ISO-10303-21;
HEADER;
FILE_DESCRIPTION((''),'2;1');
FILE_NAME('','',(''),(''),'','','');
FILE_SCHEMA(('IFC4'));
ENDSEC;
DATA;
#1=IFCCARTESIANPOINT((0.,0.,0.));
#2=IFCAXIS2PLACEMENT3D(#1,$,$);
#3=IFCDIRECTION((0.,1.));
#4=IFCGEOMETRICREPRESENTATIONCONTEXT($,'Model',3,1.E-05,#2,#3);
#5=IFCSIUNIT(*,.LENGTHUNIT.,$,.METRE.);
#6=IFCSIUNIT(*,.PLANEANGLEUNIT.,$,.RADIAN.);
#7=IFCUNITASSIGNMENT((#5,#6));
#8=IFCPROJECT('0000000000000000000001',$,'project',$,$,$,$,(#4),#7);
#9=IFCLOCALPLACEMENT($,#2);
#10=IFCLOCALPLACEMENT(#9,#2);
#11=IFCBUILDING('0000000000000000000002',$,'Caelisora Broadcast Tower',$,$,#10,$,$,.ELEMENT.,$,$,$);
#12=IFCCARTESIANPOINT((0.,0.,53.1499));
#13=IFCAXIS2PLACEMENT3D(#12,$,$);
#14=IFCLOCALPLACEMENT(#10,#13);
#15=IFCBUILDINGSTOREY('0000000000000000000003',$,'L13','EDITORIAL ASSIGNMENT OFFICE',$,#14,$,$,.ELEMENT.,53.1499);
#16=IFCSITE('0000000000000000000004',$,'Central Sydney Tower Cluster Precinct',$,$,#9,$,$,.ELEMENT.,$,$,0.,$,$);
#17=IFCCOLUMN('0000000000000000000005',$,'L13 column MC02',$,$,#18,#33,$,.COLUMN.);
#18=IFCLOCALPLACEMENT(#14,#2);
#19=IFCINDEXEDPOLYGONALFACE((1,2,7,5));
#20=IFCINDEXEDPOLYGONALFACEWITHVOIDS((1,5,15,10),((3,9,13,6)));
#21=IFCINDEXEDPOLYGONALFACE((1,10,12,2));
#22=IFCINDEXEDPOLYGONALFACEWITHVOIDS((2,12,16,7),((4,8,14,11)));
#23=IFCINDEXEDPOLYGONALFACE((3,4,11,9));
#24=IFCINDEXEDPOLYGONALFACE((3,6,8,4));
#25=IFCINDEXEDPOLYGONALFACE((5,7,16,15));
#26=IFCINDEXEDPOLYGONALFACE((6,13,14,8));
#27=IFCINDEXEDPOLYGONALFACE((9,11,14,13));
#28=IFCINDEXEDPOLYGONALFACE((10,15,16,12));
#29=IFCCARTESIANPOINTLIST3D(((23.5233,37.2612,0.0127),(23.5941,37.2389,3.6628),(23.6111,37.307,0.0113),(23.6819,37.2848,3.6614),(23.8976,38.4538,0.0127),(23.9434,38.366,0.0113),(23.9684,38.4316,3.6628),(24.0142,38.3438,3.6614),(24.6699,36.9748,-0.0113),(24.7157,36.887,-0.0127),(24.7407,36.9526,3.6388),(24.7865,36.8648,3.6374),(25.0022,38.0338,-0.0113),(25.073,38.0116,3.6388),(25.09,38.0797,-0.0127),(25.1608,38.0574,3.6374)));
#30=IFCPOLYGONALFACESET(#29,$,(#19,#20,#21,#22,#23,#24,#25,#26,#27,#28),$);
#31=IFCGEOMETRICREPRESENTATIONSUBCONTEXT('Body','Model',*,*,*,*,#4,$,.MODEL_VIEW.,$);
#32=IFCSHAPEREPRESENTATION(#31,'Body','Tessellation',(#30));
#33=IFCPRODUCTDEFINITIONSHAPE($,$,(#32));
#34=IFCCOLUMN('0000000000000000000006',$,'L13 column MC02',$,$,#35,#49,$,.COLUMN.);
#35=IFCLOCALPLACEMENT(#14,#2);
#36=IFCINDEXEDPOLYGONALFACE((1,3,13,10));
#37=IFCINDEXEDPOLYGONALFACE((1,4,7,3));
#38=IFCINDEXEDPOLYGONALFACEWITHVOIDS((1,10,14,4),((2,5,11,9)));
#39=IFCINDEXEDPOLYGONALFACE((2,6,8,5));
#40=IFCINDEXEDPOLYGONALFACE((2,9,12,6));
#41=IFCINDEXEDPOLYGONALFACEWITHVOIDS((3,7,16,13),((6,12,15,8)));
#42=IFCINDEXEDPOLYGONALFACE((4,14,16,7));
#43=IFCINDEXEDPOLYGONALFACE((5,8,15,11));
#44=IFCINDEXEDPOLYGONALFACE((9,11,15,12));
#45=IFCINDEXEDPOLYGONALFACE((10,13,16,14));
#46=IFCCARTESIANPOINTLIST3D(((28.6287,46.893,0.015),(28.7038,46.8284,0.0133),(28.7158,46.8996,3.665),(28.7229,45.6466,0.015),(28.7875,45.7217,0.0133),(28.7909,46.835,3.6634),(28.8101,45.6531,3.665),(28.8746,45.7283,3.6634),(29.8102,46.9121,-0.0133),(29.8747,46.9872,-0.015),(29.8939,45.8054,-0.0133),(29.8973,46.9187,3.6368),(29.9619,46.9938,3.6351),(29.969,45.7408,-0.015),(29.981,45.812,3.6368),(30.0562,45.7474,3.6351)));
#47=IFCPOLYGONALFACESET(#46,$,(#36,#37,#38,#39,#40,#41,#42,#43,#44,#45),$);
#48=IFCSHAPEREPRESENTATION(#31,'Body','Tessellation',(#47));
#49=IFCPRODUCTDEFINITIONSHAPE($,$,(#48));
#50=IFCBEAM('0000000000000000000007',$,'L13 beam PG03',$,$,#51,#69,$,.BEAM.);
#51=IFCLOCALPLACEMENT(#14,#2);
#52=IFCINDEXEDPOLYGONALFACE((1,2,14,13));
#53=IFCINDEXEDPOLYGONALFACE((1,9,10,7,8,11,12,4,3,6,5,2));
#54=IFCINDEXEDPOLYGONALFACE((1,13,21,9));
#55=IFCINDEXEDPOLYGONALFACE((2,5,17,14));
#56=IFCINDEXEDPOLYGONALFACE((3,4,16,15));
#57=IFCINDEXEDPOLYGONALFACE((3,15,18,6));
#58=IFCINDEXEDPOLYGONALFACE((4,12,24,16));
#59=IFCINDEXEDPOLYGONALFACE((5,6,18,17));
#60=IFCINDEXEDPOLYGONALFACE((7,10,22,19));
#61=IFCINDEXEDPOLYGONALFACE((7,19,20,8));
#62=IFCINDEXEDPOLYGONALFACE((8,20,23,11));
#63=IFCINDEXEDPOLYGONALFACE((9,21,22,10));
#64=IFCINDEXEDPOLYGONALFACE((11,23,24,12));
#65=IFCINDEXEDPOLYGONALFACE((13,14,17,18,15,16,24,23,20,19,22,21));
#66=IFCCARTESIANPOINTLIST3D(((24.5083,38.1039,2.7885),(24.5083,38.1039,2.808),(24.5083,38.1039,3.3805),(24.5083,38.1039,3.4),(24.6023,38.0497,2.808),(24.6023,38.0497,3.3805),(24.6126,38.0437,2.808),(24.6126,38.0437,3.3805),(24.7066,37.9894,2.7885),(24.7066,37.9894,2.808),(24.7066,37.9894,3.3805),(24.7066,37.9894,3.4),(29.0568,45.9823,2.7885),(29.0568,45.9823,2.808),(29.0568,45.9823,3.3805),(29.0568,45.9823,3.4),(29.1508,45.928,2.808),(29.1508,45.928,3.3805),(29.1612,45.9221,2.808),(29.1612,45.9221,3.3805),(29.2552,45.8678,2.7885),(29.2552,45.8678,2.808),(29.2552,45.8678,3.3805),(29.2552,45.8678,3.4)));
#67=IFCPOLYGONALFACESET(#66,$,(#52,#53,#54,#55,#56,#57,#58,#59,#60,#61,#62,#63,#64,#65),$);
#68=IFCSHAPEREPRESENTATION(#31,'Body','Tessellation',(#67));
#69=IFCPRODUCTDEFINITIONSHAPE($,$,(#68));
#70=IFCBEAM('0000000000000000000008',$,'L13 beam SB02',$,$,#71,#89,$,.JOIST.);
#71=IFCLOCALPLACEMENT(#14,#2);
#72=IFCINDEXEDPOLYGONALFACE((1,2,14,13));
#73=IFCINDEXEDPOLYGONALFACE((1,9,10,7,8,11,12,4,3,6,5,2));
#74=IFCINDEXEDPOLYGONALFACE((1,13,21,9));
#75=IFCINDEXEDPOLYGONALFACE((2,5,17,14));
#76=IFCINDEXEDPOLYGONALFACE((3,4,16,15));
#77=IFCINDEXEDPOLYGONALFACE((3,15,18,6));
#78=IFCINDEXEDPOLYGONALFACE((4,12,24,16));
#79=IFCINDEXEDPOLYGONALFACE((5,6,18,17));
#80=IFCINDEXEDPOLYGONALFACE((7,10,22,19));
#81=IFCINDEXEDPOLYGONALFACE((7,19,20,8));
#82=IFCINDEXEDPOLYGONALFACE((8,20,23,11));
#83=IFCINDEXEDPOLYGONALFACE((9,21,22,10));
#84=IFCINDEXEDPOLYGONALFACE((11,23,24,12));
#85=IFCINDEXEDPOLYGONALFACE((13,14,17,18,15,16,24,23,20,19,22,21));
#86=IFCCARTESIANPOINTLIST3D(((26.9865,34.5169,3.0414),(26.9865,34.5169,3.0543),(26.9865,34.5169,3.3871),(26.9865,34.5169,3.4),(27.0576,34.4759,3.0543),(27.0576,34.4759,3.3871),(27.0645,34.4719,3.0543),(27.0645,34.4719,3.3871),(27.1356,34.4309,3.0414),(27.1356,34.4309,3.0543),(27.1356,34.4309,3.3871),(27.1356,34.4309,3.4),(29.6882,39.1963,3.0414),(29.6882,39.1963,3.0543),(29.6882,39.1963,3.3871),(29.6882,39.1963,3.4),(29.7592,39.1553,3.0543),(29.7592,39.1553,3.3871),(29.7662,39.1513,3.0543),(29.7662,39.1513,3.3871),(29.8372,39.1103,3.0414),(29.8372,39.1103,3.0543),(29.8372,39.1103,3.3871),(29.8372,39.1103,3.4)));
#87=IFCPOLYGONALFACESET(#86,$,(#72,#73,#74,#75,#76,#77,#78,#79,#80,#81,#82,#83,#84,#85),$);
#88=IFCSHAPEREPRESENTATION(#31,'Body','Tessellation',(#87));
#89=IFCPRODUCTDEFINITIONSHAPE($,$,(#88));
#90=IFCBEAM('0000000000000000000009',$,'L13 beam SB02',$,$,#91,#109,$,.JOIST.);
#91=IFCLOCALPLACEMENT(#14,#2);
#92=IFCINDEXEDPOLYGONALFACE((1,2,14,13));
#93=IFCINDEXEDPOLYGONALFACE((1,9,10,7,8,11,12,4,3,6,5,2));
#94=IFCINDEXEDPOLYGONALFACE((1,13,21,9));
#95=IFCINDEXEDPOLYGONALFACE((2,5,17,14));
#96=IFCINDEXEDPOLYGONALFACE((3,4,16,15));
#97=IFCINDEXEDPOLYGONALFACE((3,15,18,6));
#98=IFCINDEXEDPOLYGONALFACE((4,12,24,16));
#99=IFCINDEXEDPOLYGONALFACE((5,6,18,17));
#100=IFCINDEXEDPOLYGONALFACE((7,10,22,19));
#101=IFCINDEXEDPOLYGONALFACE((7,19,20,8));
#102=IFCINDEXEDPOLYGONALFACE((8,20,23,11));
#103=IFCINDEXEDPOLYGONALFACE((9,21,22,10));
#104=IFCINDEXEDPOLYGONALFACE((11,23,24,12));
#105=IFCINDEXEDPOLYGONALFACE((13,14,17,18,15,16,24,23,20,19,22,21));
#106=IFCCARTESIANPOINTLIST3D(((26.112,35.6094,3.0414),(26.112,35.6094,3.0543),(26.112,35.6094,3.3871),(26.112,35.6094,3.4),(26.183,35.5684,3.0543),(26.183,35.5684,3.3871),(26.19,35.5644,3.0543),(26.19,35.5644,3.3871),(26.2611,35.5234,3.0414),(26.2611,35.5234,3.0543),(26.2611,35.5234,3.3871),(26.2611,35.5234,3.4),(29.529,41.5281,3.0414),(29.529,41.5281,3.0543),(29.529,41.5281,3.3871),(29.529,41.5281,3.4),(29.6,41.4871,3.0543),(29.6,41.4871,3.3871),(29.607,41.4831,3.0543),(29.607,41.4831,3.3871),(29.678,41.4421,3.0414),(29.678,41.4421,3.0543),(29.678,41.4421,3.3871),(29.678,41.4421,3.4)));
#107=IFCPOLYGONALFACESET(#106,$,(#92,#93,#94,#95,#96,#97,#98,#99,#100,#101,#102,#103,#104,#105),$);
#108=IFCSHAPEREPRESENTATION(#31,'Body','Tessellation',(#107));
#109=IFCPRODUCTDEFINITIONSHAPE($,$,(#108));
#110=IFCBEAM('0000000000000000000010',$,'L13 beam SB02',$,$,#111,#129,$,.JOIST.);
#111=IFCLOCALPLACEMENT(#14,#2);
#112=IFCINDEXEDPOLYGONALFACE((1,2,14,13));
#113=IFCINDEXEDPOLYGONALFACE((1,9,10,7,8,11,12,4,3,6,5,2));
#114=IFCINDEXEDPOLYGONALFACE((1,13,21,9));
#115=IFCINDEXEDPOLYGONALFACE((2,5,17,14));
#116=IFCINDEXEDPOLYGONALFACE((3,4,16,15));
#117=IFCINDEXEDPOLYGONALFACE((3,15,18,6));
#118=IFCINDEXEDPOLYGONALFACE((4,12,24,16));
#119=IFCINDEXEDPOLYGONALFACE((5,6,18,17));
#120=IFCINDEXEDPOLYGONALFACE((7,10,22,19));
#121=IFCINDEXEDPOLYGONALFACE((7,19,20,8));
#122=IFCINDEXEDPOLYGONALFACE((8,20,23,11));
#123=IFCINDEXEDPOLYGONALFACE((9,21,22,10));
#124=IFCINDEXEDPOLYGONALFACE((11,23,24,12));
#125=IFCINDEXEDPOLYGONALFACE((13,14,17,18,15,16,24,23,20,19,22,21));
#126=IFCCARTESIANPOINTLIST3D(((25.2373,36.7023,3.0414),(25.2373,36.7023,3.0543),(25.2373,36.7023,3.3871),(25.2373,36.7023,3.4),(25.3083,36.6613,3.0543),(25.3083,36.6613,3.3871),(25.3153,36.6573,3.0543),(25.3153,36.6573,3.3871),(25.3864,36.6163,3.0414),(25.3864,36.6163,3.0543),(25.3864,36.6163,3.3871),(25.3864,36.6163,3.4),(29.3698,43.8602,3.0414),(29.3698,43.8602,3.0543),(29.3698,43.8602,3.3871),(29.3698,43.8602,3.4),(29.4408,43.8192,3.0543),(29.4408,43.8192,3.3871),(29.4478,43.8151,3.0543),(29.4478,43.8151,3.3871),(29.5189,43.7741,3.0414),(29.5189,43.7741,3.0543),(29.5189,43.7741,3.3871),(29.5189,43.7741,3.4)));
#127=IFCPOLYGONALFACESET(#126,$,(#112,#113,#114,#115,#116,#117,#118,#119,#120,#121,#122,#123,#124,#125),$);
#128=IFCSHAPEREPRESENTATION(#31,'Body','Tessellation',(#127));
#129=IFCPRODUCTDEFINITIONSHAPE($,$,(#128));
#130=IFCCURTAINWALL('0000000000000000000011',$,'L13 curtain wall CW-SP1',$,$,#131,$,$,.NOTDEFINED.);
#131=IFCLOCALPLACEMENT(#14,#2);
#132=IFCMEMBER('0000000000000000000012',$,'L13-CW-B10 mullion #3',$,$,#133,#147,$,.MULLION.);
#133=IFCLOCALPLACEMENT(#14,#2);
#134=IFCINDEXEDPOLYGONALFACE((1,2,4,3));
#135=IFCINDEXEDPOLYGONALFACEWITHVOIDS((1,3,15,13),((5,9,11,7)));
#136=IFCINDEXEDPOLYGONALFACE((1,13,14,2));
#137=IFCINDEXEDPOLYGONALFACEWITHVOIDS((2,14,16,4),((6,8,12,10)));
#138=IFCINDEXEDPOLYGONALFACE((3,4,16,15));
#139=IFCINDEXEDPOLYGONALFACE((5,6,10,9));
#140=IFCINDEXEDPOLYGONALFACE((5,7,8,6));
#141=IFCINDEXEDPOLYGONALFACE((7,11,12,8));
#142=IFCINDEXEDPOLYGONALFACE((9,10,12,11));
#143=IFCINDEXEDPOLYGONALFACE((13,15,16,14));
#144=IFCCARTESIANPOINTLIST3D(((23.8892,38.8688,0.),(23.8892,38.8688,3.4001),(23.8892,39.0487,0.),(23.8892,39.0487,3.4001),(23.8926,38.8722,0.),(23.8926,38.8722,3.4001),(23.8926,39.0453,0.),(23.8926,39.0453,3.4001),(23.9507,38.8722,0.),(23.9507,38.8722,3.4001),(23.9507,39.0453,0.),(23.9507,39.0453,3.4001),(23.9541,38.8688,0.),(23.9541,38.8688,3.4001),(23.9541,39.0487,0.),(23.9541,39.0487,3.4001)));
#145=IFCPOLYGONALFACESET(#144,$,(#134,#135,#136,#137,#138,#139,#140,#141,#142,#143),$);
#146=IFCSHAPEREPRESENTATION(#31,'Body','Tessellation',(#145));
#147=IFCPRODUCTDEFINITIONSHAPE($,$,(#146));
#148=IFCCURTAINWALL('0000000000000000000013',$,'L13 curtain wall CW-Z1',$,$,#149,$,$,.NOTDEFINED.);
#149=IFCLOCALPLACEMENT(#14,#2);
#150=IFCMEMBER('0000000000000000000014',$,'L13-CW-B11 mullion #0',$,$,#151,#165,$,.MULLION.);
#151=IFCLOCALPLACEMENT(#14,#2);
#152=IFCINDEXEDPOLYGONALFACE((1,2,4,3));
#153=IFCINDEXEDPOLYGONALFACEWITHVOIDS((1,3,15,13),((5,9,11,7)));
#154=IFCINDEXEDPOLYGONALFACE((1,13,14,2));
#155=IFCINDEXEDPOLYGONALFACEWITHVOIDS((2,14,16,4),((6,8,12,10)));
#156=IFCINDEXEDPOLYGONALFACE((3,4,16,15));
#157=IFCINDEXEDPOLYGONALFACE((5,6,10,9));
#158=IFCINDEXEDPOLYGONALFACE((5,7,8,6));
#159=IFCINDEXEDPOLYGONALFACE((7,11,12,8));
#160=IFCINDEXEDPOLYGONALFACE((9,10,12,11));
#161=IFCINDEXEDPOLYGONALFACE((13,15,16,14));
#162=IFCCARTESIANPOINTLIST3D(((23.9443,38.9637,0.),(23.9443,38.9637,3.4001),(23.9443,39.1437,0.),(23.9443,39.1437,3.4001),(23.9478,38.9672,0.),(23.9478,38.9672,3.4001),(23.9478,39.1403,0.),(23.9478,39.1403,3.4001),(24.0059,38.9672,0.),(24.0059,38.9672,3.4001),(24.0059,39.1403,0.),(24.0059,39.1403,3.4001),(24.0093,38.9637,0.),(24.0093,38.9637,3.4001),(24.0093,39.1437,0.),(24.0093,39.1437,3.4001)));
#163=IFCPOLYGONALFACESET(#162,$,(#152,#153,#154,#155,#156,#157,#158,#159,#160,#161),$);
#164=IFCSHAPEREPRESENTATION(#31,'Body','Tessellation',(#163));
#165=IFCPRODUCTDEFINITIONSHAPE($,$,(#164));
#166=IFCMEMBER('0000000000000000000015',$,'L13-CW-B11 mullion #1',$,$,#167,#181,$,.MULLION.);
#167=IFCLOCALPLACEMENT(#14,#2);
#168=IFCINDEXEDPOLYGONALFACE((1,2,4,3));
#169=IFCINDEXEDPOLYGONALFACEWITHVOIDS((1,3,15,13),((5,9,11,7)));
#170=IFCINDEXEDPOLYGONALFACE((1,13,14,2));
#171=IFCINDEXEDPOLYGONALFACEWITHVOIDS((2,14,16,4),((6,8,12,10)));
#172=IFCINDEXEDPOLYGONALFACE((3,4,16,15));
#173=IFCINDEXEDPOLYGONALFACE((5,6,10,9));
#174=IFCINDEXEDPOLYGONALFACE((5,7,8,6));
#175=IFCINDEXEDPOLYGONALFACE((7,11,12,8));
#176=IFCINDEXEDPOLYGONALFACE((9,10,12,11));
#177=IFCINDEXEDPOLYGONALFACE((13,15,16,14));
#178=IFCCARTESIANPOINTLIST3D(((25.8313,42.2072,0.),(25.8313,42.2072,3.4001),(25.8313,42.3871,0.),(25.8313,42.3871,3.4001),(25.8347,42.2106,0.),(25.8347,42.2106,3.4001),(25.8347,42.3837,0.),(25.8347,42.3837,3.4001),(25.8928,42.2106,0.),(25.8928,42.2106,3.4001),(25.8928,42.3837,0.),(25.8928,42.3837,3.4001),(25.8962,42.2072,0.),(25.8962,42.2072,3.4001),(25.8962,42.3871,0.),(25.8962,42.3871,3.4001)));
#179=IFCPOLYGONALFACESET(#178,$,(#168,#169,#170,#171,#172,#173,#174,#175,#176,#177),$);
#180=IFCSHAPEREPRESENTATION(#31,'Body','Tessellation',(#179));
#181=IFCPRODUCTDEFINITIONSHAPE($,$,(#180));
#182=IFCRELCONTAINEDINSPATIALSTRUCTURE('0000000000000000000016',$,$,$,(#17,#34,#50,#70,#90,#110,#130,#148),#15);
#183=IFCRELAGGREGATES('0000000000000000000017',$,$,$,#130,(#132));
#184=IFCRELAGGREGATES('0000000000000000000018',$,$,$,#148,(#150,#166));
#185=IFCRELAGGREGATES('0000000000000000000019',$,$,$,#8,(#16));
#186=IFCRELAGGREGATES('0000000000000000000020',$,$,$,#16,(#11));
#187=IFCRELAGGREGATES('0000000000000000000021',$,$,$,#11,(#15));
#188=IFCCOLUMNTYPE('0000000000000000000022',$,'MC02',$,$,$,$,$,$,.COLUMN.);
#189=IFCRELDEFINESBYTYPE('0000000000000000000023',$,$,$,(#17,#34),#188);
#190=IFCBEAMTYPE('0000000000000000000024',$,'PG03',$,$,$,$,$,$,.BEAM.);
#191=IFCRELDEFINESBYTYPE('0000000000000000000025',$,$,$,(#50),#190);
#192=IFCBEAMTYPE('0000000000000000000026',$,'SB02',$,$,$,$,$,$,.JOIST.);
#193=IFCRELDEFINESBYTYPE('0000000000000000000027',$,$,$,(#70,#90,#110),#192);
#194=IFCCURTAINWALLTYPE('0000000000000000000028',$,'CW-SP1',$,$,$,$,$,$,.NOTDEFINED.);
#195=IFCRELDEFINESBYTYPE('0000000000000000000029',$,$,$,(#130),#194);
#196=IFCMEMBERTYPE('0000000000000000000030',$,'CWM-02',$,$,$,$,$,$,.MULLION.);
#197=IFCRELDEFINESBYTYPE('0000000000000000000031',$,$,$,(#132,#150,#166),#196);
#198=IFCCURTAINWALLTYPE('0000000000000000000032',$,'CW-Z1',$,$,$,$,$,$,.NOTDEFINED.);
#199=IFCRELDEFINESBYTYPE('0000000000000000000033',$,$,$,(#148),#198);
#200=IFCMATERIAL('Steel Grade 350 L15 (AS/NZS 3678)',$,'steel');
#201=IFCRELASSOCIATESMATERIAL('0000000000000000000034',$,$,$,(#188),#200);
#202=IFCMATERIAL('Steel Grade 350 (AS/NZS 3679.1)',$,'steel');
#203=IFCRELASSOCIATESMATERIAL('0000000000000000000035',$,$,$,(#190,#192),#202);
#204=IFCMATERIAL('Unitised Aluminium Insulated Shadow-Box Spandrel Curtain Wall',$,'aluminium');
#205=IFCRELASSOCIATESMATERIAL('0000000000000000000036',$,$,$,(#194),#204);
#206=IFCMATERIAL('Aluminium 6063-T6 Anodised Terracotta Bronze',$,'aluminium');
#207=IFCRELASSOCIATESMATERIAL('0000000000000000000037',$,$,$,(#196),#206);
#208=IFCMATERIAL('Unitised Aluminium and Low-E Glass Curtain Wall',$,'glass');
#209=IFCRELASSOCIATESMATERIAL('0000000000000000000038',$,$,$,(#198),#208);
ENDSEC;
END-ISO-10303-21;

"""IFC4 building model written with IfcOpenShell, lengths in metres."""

from ifc_helpers import new_model, si_unit, direction, frame, origin, origin_2d, place, context, subcontext, project, spatial, hollow_rectangle, i_section, extrude, source, transform, mapped, material, material_profile, profile_set, type_object, type_shapes, element, aggregate, save


model = new_model("IFC4")

# Units and contexts
model_context = context("Model", 3, precision=1e-05, world=origin(), true_north=direction((0.0, 1.0)))
body_context = subcontext(model_context, "Body", "Model", "MODEL_VIEW")
ifc_project = project(units=[si_unit("LENGTHUNIT", "METRE"), si_unit("PLANEANGLEUNIT", "RADIAN")], contexts=[model_context])

# Site, building, storey
site_placement = place(None, origin())
site = spatial("IfcSite", under=ifc_project, at=site_placement, Name="Central Sydney Tower Cluster Precinct", CompositionType="ELEMENT", RefElevation=0.0)
building_placement = place(site_placement, origin())
building = spatial("IfcBuilding", under=site, at=building_placement, Name="Caelisora Broadcast Tower", CompositionType="ELEMENT")
storey_placement = place(building_placement, frame((0.0, 0.0, 53.1499)))
storey = spatial("IfcBuildingStorey", under=building, at=storey_placement, Name="L13", Description="EDITORIAL ASSIGNMENT OFFICE", CompositionType="ELEMENT", Elevation=53.1499)

# Columns
ifc_material_1 = material(Name="Steel Grade 350 L15 (AS/NZS 3678)", Category="steel")
ifc_material_profile_1 = material_profile(ifc_material_1, hollow_rectangle(XDim=1.25, YDim=1.25, WallThickness=0.0701, at=origin_2d()), Name="Steel Grade 350 L15 (AS/NZS 3678)")
ifc_profile_set_1 = profile_set([ifc_material_profile_1], Name="Steel Grade 350 L15 (AS/NZS 3678)")
column_type = type_object("IfcColumnType", Name="MC02", PredefinedType="COLUMN", material=ifc_profile_set_1)
shared_shape_1 = source(origin(), body_context, "Body", "SweptSolid", [
    extrude(hollow_rectangle(XDim=1.25, YDim=1.25, WallThickness=0.0701, at=origin_2d()), origin(), (0.0, 0.0, 1.0), 3.6509),
])
column_1_placement = place(storey_placement, frame((24.3066, 37.6704, 0.0), z_axis=(0.019393, -0.006085, 0.999793), x_axis=(0.299399, 0.954128, 0.0)))
element("IfcColumn", 1, at=column_1_placement, inside=storey, type_object=column_type, Name="L13 column MC02", PredefinedType="COLUMN", context=body_context, shape_type="MappedRepresentation", body=[
    mapped(shared_shape_1, transform((0.0, 0.0, 0.0), scale=1.0)),
])
shared_shape_2 = source(origin(), body_context, "Body", "SweptSolid", [
    extrude(hollow_rectangle(XDim=1.25, YDim=1.25, WallThickness=0.0701, at=origin_2d()), origin(), (0.0, 0.0, 1.0), 3.6511),
])
type_shapes(column_type, [shared_shape_1, shared_shape_2])
column_2_placement = place(storey_placement, frame((29.2988, 46.3169, 0.0), z_axis=(0.023871, 0.001805, 0.999713), x_axis=(-0.075415, 0.997152, 0.0)))
element("IfcColumn", 2, at=column_2_placement, inside=storey, type_object=column_type, Name="L13 column MC02", PredefinedType="COLUMN", context=body_context, shape_type="MappedRepresentation", body=[
    mapped(shared_shape_2, transform((0.0, 0.0, 0.0), scale=1.0)),
])

# Beams
ifc_material_2 = material(Name="Steel Grade 350 (AS/NZS 3679.1)", Category="steel")
ifc_material_profile_2 = material_profile(ifc_material_2, i_section(OverallWidth=0.229, OverallDepth=0.6116, WebThickness=0.012, FlangeThickness=0.0195, at=origin_2d()), Name="Steel Grade 350 (AS/NZS 3679.1)")
ifc_profile_set_2 = profile_set([ifc_material_profile_2], Name="Steel Grade 350 (AS/NZS 3679.1)")
beam_type_1 = type_object("IfcBeamType", Name="PG03", PredefinedType="BEAM", material=ifc_profile_set_2)
shared_shape_3 = source(origin(), body_context, "Body", "SweptSolid", [
    extrude(i_section(OverallWidth=0.229, OverallDepth=0.6116, WebThickness=0.012, FlangeThickness=0.0195, at=origin_2d()), origin(), (0.0, 0.0, 1.0), 9.0972),
])
type_shapes(beam_type_1, [shared_shape_3])
beam_1_placement = place(storey_placement, frame((29.156, 45.925, 3.0942), z_axis=(-0.499998, -0.866026, 0.0), x_axis=(0.866026, -0.499998, 0.0)))
element("IfcBeam", 3, at=beam_1_placement, inside=storey, type_object=beam_type_1, Name="L13 beam PG03", PredefinedType="BEAM", context=body_context, shape_type="MappedRepresentation", body=[
    mapped(shared_shape_3, transform((0.0, 0.0, 0.0), scale=1.0)),
])
ifc_material_profile_3 = material_profile(ifc_material_2, i_section(OverallWidth=0.1721, OverallDepth=0.3586, WebThickness=0.0081, FlangeThickness=0.0129, at=origin_2d()), Name="Steel Grade 350 (AS/NZS 3679.1)")
ifc_profile_set_3 = profile_set([ifc_material_profile_3], Name="Steel Grade 350 (AS/NZS 3679.1)")
beam_type_2 = type_object("IfcBeamType", Name="SB02", PredefinedType="JOIST", material=ifc_profile_set_3)
shared_shape_4 = source(origin(), body_context, "Body", "SweptSolid", [
    extrude(i_section(OverallWidth=0.1721, OverallDepth=0.3586, WebThickness=0.0081, FlangeThickness=0.0129, at=origin_2d()), origin(), (0.0, 0.0, 1.0), 5.4033),
])
beam_2_placement = place(storey_placement, frame((29.7627, 39.1533, 3.2207), z_axis=(-0.499998, -0.866027, 0.0), x_axis=(0.866027, -0.499998, 0.0)))
element("IfcBeam", 4, at=beam_2_placement, inside=storey, type_object=beam_type_2, Name="L13 beam SB02", PredefinedType="JOIST", context=body_context, shape_type="MappedRepresentation", body=[
    mapped(shared_shape_4, transform((0.0, 0.0, 0.0), scale=1.0)),
])
shared_shape_5 = source(origin(), body_context, "Body", "SweptSolid", [
    extrude(i_section(OverallWidth=0.1721, OverallDepth=0.3586, WebThickness=0.0081, FlangeThickness=0.0129, at=origin_2d()), origin(), (0.0, 0.0, 1.0), 6.8342),
])
beam_3_placement = place(storey_placement, frame((29.6035, 41.4851, 3.2207), z_axis=(-0.499981, -0.866036, 0.0), x_axis=(0.866036, -0.499981, 0.0)))
element("IfcBeam", 5, at=beam_3_placement, inside=storey, type_object=beam_type_2, Name="L13 beam SB02", PredefinedType="JOIST", context=body_context, shape_type="MappedRepresentation", body=[
    mapped(shared_shape_5, transform((0.0, 0.0, 0.0), scale=1.0)),
])
shared_shape_6 = source(origin(), body_context, "Body", "SweptSolid", [
    extrude(i_section(OverallWidth=0.1721, OverallDepth=0.3586, WebThickness=0.0081, FlangeThickness=0.0129, at=origin_2d()), origin(), (0.0, 0.0, 1.0), 8.2651),
])
type_shapes(beam_type_2, [shared_shape_4, shared_shape_5, shared_shape_6])
beam_4_placement = place(storey_placement, frame((29.4443, 43.8171, 3.2207), z_axis=(-0.499993, -0.86603, 0.0), x_axis=(0.86603, -0.499993, 0.0)))
element("IfcBeam", 6, at=beam_4_placement, inside=storey, type_object=beam_type_2, Name="L13 beam SB02", PredefinedType="JOIST", context=body_context, shape_type="MappedRepresentation", body=[
    mapped(shared_shape_6, transform((0.0, 0.0, 0.0), scale=1.0)),
])

# Curtain wall, member
ifc_material_3 = material(Name="Unitised Aluminium Insulated Shadow-Box Spandrel Curtain Wall", Category="aluminium")
curtain_wall_type_1 = type_object("IfcCurtainWallType", Name="CW-SP1", PredefinedType="NOTDEFINED", material=ifc_material_3)
curtain_wall_1_placement = place(storey_placement, origin())
curtain_wall_1 = element("IfcCurtainWall", 7, at=curtain_wall_1_placement, inside=storey, type_object=curtain_wall_type_1, Name="L13 curtain wall CW-SP1", PredefinedType="NOTDEFINED")
ifc_material_4 = material(Name="Aluminium 6063-T6 Anodised Terracotta Bronze", Category="aluminium")
ifc_material_profile_4 = material_profile(ifc_material_4, hollow_rectangle(XDim=0.0649, YDim=0.1799, WallThickness=0.0034, at=origin_2d()), Name="Aluminium 6063-T6 Anodised Terracotta Bronze")
ifc_profile_set_4 = profile_set([ifc_material_profile_4], Name="Aluminium 6063-T6 Anodised Terracotta Bronze")
member_type_1 = type_object("IfcMemberType", Name="CWM-02", PredefinedType="MULLION", material=ifc_profile_set_4)
shared_shape_7 = source(origin(), body_context, "Body", "SweptSolid", [
    extrude(hollow_rectangle(XDim=0.0649, YDim=0.1799, WallThickness=0.0034, at=origin_2d()), origin(), (0.0, 0.0, 1.0), 3.4001),
])
type_shapes(member_type_1, [shared_shape_7])
member_1_placement = place(storey_placement, frame((23.9216, 38.9587, 0.0), z_axis=(0.0, 0.0, 1.0), x_axis=(1.0, 0.0, 0.0)))
member_1 = element("IfcMember", 8, at=member_1_placement, type_object=member_type_1, Name="L13-CW-B10 mullion #3", PredefinedType="MULLION", context=body_context, shape_type="MappedRepresentation", body=[
    mapped(shared_shape_7, transform((0.0, 0.0, 0.0), scale=1.0)),
])
aggregate(curtain_wall_1, [member_1])

# Curtain wall, members
ifc_material_5 = material(Name="Unitised Aluminium and Low-E Glass Curtain Wall", Category="glass")
curtain_wall_type_2 = type_object("IfcCurtainWallType", Name="CW-Z1", PredefinedType="NOTDEFINED", material=ifc_material_5)
curtain_wall_2_placement = place(storey_placement, origin())
curtain_wall_2 = element("IfcCurtainWall", 9, at=curtain_wall_2_placement, inside=storey, type_object=curtain_wall_type_2, Name="L13 curtain wall CW-Z1", PredefinedType="NOTDEFINED")
member_2_placement = place(storey_placement, frame((23.9768, 39.0537, 0.0), z_axis=(0.0, 0.0, 1.0), x_axis=(1.0, 0.0, 0.0)))
member_2 = element("IfcMember", 10, at=member_2_placement, type_object=member_type_1, Name="L13-CW-B11 mullion #0", PredefinedType="MULLION", context=body_context, shape_type="MappedRepresentation", body=[
    mapped(shared_shape_7, transform((0.0, 0.0, 0.0), scale=1.0)),
])
member_3_placement = place(storey_placement, frame((25.8638, 42.2971, 0.0), z_axis=(0.0, 0.0, 1.0), x_axis=(1.0, 0.0, 0.0)))
member_3 = element("IfcMember", 11, at=member_3_placement, type_object=member_type_1, Name="L13-CW-B11 mullion #1", PredefinedType="MULLION", context=body_context, shape_type="MappedRepresentation", body=[
    mapped(shared_shape_7, transform((0.0, 0.0, 0.0), scale=1.0)),
])

aggregate(curtain_wall_2, [member_2, member_3])

save(model, "model.ifc")
